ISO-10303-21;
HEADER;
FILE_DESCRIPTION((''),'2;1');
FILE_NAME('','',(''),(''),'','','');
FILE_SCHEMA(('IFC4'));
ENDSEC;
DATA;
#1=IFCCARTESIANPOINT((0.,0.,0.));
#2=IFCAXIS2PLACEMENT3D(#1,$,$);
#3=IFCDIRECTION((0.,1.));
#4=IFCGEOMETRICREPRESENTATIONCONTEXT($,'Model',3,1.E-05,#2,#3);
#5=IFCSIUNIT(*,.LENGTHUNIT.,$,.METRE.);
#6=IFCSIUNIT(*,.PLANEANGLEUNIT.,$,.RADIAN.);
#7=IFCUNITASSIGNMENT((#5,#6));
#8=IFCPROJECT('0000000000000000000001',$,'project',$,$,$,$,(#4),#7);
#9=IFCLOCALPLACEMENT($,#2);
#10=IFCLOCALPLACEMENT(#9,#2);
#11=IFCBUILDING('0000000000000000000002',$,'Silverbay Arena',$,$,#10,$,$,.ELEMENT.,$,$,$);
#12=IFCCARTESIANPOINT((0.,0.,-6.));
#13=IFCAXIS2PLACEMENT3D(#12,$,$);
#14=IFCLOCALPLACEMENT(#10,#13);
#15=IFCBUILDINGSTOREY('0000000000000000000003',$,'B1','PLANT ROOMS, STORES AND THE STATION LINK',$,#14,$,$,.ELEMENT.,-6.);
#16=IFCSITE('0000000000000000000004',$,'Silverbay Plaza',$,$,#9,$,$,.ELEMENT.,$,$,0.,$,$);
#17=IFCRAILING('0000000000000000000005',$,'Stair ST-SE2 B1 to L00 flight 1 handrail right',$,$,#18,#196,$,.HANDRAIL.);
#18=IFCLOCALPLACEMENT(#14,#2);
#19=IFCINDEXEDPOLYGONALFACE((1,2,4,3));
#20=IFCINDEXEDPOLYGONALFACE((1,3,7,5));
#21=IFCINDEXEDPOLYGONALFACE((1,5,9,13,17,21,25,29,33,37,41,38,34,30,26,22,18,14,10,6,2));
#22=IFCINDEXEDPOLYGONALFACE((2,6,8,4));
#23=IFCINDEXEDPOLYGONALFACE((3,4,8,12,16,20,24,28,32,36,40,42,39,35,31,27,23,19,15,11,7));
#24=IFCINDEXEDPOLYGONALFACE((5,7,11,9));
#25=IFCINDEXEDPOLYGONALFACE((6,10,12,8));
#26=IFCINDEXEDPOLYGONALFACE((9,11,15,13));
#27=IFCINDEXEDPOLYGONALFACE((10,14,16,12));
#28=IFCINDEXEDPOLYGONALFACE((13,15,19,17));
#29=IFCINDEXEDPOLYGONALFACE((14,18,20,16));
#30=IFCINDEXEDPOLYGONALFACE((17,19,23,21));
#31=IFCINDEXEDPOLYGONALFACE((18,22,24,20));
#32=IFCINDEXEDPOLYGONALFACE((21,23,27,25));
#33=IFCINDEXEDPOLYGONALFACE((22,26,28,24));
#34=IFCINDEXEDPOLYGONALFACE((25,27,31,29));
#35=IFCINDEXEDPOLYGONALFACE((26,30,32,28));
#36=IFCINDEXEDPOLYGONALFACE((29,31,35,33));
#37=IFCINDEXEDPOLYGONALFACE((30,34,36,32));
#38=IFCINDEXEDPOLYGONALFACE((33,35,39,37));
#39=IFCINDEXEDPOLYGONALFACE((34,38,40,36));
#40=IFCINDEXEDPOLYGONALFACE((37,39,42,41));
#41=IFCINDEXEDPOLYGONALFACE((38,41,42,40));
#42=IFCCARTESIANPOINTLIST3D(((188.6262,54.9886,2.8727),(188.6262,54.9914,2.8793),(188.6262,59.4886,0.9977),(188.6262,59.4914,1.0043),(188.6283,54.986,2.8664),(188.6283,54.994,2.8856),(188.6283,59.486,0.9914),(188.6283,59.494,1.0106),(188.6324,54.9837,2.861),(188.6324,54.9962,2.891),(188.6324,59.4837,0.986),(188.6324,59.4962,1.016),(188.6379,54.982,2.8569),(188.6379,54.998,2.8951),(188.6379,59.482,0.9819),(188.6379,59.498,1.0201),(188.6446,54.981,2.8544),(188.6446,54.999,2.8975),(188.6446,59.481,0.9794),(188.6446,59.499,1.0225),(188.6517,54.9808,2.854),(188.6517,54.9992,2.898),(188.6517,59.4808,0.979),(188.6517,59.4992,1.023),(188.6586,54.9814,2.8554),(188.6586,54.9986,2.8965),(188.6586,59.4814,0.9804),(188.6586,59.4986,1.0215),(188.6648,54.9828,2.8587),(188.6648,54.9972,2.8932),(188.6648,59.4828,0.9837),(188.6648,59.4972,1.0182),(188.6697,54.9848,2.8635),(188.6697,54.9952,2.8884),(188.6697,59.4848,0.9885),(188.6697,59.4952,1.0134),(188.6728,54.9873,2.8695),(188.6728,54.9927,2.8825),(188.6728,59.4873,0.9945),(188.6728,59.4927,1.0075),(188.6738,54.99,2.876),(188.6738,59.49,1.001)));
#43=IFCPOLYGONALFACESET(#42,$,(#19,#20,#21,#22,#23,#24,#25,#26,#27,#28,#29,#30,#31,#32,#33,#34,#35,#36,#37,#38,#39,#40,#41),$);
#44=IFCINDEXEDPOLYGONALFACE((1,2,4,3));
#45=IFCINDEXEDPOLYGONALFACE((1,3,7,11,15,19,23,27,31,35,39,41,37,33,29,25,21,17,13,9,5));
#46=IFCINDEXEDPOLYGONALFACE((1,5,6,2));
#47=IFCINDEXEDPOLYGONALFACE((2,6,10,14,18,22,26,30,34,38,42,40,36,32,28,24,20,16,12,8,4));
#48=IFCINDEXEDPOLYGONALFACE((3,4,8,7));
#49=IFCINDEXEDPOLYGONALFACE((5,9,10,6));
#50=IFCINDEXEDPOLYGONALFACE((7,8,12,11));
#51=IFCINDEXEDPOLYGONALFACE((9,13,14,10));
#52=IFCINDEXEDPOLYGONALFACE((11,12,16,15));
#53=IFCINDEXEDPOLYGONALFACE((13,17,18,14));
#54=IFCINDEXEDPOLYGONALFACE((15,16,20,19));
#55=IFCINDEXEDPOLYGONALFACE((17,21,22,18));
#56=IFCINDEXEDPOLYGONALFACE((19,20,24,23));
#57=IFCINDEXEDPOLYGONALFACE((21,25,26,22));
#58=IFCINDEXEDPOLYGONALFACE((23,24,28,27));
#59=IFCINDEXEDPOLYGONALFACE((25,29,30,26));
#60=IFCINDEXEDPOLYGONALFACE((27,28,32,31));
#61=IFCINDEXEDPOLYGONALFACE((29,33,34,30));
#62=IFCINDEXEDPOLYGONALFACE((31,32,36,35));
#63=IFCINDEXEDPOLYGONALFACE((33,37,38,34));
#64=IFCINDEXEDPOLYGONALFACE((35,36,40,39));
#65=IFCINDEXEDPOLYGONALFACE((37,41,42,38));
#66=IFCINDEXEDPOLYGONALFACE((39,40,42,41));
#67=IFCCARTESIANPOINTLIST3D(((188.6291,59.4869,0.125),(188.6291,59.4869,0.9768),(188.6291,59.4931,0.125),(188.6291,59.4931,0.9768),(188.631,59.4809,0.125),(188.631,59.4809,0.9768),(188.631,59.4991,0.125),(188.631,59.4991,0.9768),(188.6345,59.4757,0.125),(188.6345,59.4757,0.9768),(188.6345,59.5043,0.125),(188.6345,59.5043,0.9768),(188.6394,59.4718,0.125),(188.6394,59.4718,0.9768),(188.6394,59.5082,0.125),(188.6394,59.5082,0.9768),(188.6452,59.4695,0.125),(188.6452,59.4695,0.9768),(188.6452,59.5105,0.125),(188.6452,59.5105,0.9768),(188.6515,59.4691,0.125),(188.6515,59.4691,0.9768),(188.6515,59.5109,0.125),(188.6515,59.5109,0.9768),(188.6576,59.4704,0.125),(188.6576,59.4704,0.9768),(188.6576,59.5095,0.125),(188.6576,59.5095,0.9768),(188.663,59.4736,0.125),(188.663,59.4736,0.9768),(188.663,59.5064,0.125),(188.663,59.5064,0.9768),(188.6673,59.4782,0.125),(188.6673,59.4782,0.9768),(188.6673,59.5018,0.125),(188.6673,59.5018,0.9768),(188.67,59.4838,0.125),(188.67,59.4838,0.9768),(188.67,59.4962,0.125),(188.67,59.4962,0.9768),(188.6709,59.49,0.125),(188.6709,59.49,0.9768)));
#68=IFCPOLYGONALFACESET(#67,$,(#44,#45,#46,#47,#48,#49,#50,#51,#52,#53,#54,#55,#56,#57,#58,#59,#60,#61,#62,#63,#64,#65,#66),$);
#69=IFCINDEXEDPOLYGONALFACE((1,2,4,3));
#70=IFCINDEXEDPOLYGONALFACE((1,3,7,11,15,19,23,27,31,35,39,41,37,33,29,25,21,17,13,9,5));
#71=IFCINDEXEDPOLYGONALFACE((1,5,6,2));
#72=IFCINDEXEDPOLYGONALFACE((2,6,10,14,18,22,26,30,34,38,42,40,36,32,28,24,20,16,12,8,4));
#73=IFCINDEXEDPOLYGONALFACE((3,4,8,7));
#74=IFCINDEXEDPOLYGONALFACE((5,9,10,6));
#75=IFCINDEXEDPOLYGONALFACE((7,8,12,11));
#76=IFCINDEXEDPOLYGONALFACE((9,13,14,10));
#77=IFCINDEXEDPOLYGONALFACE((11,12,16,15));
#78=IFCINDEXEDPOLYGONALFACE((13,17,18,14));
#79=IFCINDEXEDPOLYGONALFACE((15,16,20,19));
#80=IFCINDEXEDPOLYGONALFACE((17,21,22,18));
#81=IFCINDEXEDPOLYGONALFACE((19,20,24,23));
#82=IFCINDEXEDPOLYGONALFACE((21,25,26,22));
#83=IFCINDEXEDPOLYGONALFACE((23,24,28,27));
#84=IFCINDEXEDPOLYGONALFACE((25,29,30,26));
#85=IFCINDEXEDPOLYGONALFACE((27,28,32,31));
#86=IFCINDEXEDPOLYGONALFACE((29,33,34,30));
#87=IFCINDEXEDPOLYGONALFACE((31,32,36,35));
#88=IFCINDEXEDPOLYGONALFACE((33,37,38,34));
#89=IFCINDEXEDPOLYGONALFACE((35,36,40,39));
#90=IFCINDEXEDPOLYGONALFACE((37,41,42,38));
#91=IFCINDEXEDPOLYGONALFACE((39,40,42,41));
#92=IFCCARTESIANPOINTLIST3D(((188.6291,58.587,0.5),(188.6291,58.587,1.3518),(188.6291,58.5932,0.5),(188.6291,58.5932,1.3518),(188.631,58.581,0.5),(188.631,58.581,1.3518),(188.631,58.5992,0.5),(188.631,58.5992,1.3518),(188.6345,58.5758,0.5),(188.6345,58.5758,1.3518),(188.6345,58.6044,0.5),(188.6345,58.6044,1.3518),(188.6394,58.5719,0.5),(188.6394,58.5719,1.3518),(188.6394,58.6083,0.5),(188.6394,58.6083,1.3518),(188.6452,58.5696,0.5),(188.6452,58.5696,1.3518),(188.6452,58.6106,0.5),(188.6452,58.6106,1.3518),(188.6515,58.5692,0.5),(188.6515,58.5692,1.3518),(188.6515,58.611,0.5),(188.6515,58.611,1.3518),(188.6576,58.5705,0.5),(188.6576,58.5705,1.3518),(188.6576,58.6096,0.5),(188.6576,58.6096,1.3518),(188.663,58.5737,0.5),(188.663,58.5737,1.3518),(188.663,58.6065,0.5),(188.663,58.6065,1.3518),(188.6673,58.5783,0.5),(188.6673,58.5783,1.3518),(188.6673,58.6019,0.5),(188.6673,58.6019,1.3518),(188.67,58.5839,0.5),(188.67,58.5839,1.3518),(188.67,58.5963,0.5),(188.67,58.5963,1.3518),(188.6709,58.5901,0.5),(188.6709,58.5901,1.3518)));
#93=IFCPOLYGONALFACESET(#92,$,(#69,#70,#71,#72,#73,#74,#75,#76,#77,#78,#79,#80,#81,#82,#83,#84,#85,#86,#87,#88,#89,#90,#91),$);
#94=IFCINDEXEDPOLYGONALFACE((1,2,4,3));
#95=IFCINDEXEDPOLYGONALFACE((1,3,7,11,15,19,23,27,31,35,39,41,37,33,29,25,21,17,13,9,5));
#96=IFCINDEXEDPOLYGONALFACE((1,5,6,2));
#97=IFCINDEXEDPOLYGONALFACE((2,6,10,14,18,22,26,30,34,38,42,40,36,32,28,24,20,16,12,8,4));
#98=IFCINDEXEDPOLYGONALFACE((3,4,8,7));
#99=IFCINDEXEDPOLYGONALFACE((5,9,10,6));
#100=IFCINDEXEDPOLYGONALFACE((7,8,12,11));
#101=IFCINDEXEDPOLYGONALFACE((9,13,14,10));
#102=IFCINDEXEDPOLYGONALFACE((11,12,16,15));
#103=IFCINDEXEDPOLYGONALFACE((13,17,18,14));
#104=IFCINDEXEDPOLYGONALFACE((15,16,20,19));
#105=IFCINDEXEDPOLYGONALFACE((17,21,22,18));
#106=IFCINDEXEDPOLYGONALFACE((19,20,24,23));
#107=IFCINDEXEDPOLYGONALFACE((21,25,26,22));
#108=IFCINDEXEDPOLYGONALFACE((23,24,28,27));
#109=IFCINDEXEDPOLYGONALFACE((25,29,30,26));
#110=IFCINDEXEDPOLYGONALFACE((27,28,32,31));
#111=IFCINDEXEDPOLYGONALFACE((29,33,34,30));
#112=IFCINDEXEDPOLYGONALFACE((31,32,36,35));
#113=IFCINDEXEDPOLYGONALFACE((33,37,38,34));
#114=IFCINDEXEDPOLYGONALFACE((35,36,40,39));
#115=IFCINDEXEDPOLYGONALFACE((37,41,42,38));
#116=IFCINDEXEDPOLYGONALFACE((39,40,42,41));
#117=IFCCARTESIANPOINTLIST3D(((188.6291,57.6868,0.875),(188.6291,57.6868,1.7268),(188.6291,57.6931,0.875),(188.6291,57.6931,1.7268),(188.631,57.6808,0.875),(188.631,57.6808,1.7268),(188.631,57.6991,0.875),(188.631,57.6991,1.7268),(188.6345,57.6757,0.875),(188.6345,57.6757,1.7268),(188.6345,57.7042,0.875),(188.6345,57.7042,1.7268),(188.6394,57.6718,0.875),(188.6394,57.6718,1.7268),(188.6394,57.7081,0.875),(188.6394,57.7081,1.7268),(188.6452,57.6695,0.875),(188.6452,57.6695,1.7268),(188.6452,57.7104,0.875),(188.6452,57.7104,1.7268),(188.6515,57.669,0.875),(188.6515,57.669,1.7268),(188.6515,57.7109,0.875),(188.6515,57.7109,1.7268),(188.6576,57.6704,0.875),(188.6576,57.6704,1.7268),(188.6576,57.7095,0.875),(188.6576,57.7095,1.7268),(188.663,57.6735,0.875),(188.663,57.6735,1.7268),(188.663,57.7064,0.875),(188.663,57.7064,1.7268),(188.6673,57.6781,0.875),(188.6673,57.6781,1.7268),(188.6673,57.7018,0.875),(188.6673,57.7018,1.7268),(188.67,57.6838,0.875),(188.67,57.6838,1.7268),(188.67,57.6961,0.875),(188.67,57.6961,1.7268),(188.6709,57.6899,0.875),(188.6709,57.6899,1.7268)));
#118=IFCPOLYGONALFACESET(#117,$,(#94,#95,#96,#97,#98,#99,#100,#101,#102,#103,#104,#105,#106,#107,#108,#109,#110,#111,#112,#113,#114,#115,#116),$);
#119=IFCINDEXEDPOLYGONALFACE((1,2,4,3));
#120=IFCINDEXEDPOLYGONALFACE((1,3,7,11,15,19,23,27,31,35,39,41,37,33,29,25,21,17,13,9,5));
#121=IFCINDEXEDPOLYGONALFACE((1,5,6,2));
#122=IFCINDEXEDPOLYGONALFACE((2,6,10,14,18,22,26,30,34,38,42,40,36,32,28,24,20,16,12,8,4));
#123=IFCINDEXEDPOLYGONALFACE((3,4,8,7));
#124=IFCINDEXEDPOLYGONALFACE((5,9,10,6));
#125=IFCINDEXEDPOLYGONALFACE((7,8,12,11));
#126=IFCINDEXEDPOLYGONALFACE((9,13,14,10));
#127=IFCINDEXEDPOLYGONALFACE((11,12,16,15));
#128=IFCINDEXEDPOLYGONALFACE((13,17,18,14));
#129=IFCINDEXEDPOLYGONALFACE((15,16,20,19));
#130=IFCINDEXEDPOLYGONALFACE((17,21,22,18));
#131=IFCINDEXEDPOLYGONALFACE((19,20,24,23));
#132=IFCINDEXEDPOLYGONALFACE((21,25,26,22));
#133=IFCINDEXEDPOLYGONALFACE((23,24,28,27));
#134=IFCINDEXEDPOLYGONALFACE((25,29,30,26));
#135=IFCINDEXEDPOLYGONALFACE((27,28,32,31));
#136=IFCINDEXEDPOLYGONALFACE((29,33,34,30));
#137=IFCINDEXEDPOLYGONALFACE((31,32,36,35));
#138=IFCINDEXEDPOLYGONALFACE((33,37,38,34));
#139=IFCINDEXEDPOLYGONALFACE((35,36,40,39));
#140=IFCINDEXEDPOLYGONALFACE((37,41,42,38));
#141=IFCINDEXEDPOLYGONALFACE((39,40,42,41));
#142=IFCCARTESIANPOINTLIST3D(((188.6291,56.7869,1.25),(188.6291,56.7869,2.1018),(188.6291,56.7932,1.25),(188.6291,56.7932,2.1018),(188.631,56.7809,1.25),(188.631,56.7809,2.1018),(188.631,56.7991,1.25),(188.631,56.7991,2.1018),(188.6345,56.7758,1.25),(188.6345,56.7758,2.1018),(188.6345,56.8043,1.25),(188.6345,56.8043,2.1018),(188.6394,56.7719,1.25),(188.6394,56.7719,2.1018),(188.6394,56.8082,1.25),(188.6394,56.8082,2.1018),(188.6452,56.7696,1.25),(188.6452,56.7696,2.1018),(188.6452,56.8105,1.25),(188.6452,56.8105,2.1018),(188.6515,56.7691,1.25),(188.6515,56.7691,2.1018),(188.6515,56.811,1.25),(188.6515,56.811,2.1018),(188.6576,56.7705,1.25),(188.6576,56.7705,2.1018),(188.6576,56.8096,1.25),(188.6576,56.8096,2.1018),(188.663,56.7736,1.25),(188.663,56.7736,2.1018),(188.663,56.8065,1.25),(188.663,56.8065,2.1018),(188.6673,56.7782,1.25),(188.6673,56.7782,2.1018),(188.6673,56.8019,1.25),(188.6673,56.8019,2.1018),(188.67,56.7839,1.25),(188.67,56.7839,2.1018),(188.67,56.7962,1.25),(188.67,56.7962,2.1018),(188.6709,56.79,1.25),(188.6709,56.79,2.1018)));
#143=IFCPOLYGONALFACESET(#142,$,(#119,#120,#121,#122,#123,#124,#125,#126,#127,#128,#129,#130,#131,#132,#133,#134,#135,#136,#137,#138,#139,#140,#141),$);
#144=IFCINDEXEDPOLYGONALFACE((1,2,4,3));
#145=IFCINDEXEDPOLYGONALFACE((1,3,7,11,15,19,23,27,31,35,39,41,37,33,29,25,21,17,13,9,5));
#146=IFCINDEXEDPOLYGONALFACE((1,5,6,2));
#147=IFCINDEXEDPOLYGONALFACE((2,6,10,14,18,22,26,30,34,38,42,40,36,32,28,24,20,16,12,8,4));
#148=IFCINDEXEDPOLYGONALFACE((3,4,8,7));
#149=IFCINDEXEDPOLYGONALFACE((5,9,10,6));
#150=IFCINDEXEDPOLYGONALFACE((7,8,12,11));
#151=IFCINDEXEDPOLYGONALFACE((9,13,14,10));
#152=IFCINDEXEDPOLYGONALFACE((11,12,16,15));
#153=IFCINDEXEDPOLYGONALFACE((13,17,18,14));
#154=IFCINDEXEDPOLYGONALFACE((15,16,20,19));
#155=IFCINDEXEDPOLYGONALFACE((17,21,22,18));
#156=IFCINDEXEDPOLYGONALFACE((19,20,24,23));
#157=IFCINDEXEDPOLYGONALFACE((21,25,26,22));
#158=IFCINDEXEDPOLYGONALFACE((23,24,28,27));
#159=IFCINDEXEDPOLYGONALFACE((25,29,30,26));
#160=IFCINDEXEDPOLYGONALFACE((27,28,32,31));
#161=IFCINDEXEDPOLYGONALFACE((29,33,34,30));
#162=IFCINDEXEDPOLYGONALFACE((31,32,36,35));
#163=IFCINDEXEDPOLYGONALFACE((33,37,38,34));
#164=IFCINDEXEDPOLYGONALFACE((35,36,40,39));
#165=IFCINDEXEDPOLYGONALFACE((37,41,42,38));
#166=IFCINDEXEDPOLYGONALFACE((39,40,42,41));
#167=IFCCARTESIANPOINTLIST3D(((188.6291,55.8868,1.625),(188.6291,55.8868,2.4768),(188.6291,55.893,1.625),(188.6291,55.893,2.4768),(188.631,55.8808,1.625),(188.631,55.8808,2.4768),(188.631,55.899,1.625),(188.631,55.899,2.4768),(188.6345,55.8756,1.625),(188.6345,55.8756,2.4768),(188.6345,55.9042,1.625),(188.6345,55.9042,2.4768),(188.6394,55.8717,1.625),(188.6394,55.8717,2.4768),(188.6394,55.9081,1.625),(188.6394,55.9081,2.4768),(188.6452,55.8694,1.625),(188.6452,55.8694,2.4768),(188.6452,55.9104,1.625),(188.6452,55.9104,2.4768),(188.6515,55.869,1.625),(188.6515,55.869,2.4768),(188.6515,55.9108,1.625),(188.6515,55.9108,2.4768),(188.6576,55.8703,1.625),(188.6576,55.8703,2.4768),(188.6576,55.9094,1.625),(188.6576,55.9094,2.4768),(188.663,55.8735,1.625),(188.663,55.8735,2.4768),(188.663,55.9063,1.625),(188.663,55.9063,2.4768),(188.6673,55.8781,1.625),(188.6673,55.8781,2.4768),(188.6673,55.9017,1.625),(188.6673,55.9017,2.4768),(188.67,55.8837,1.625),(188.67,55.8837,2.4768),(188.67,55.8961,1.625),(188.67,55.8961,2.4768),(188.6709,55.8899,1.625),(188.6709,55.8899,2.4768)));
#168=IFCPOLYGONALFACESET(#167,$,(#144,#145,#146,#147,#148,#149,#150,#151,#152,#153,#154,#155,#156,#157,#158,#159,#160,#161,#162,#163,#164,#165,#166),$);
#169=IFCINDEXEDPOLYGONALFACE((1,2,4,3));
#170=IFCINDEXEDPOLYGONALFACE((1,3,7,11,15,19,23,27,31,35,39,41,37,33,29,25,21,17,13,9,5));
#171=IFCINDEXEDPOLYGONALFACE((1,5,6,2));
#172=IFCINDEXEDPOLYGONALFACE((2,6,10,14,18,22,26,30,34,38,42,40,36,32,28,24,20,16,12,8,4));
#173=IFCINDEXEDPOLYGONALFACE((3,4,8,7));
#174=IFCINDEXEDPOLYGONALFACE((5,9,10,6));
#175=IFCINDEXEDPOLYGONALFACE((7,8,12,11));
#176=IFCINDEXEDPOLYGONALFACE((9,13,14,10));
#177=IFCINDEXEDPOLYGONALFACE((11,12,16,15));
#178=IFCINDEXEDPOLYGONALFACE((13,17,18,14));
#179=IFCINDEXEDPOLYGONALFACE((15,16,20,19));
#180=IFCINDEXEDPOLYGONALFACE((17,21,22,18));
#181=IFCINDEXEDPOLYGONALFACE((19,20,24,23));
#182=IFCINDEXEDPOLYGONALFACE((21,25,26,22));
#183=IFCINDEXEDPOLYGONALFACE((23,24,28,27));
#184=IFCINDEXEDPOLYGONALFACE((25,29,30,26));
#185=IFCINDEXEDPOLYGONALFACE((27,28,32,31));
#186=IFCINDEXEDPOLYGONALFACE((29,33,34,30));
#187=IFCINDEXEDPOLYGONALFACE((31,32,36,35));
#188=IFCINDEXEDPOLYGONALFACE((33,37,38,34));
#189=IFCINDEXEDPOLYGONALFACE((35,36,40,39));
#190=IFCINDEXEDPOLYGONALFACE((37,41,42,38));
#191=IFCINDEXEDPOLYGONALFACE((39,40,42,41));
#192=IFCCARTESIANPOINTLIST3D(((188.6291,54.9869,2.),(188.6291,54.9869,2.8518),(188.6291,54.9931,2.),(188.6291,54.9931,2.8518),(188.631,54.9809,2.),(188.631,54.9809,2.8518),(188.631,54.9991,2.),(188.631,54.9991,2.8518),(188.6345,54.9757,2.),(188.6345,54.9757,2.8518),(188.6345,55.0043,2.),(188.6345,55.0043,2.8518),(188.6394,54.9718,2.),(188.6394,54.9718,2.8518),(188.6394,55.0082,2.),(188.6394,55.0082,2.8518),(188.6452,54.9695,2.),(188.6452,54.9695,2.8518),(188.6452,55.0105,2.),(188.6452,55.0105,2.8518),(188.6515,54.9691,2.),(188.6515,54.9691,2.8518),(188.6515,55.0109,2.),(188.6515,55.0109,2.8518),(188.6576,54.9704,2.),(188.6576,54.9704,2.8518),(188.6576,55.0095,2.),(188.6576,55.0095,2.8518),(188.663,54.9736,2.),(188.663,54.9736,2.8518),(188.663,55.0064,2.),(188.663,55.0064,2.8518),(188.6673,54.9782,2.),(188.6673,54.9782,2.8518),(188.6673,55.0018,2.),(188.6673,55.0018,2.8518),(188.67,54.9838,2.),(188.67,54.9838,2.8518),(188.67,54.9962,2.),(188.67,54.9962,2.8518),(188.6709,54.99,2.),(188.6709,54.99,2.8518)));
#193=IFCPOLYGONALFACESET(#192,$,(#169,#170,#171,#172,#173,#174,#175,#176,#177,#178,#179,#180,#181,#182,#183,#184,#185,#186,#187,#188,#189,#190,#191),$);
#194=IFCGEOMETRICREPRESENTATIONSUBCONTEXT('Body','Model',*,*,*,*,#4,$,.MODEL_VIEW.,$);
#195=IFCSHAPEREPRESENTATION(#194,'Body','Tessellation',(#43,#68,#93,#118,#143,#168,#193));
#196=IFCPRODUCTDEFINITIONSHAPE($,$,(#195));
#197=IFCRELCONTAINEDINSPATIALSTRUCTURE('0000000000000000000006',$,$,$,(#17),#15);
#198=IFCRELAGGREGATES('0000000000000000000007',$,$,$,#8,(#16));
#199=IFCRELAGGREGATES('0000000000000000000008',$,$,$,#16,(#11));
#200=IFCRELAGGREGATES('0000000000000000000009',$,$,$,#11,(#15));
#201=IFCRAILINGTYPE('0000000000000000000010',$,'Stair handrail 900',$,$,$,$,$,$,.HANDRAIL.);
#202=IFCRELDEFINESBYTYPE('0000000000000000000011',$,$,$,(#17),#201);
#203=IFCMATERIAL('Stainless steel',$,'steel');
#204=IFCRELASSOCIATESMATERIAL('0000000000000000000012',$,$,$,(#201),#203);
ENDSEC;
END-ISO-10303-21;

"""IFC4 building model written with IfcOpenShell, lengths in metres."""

from ifc_helpers import new_model, si_unit, direction, frame, origin, origin_2d, place, context, subcontext, project, spatial, circle, extrude, material, type_object, element, save


model = new_model("IFC4")

# Units and contexts
model_context = context("Model", 3, precision=1e-05, world=origin(), true_north=direction((0.0, 1.0)))
body_context = subcontext(model_context, "Body", "Model", "MODEL_VIEW")
ifc_project = project(units=[si_unit("LENGTHUNIT", "METRE"), si_unit("PLANEANGLEUNIT", "RADIAN")], contexts=[model_context])

# Site, building, storey
site_placement = place(None, origin())
site = spatial("IfcSite", under=ifc_project, at=site_placement, Name="Silverbay Plaza", CompositionType="ELEMENT", RefElevation=0.0)
building_placement = place(site_placement, origin())
building = spatial("IfcBuilding", under=site, at=building_placement, Name="Silverbay Arena", CompositionType="ELEMENT")
storey_placement = place(building_placement, frame((0.0, 0.0, -6.0)))
storey = spatial("IfcBuildingStorey", under=building, at=storey_placement, Name="B1", Description="PLANT ROOMS, STORES AND THE STATION LINK", CompositionType="ELEMENT", Elevation=-6.0)

# Railing
ifc_material_1 = material(Name="Stainless steel", Category="steel")
railing_type_1 = type_object("IfcRailingType", Name="Stair handrail 900", PredefinedType="HANDRAIL", material=ifc_material_1)
for number, where, name in (
    (1, (188.6499, 59.49, 0.125), "Stair ST-SE2 B1 to L00 flight 1 handrail right"),
):
    element("IfcRailing", number, at=place(storey_placement, frame(where)), inside=storey, type_object=railing_type_1, Name=name, PredefinedType="HANDRAIL", context=body_context, shape_type="SweptSolid", body=[
        extrude(circle(Radius=0.0239, at=origin_2d()), frame((0.0, 0.0, 0.876), z_axis=(0.0, -0.923077, 0.384615), x_axis=(1.0, 0.0, 0.0)), (0.0, 0.0, 1.0), 4.875),
        extrude(circle(Radius=0.021, at=origin_2d()), origin(), (0.0, 0.0, 1.0), 0.8518),
        extrude(circle(Radius=0.021, at=origin_2d()), frame((0.0, -0.8999, 0.375)), (0.0, 0.0, 1.0), 0.8518),
        extrude(circle(Radius=0.021, at=origin_2d()), frame((0.0, -1.8, 0.75)), (0.0, 0.0, 1.0), 0.8518),
        extrude(circle(Radius=0.021, at=origin_2d()), frame((0.0, -2.7, 1.125)), (0.0, 0.0, 1.0), 0.8518),
        extrude(circle(Radius=0.021, at=origin_2d()), frame((0.0, -3.6001, 1.5)), (0.0, 0.0, 1.0), 0.8518),
        extrude(circle(Radius=0.021, at=origin_2d()), frame((0.0, -4.5, 1.875)), (0.0, 0.0, 1.0), 0.8518),
    ])

save(model, "model.ifc")
